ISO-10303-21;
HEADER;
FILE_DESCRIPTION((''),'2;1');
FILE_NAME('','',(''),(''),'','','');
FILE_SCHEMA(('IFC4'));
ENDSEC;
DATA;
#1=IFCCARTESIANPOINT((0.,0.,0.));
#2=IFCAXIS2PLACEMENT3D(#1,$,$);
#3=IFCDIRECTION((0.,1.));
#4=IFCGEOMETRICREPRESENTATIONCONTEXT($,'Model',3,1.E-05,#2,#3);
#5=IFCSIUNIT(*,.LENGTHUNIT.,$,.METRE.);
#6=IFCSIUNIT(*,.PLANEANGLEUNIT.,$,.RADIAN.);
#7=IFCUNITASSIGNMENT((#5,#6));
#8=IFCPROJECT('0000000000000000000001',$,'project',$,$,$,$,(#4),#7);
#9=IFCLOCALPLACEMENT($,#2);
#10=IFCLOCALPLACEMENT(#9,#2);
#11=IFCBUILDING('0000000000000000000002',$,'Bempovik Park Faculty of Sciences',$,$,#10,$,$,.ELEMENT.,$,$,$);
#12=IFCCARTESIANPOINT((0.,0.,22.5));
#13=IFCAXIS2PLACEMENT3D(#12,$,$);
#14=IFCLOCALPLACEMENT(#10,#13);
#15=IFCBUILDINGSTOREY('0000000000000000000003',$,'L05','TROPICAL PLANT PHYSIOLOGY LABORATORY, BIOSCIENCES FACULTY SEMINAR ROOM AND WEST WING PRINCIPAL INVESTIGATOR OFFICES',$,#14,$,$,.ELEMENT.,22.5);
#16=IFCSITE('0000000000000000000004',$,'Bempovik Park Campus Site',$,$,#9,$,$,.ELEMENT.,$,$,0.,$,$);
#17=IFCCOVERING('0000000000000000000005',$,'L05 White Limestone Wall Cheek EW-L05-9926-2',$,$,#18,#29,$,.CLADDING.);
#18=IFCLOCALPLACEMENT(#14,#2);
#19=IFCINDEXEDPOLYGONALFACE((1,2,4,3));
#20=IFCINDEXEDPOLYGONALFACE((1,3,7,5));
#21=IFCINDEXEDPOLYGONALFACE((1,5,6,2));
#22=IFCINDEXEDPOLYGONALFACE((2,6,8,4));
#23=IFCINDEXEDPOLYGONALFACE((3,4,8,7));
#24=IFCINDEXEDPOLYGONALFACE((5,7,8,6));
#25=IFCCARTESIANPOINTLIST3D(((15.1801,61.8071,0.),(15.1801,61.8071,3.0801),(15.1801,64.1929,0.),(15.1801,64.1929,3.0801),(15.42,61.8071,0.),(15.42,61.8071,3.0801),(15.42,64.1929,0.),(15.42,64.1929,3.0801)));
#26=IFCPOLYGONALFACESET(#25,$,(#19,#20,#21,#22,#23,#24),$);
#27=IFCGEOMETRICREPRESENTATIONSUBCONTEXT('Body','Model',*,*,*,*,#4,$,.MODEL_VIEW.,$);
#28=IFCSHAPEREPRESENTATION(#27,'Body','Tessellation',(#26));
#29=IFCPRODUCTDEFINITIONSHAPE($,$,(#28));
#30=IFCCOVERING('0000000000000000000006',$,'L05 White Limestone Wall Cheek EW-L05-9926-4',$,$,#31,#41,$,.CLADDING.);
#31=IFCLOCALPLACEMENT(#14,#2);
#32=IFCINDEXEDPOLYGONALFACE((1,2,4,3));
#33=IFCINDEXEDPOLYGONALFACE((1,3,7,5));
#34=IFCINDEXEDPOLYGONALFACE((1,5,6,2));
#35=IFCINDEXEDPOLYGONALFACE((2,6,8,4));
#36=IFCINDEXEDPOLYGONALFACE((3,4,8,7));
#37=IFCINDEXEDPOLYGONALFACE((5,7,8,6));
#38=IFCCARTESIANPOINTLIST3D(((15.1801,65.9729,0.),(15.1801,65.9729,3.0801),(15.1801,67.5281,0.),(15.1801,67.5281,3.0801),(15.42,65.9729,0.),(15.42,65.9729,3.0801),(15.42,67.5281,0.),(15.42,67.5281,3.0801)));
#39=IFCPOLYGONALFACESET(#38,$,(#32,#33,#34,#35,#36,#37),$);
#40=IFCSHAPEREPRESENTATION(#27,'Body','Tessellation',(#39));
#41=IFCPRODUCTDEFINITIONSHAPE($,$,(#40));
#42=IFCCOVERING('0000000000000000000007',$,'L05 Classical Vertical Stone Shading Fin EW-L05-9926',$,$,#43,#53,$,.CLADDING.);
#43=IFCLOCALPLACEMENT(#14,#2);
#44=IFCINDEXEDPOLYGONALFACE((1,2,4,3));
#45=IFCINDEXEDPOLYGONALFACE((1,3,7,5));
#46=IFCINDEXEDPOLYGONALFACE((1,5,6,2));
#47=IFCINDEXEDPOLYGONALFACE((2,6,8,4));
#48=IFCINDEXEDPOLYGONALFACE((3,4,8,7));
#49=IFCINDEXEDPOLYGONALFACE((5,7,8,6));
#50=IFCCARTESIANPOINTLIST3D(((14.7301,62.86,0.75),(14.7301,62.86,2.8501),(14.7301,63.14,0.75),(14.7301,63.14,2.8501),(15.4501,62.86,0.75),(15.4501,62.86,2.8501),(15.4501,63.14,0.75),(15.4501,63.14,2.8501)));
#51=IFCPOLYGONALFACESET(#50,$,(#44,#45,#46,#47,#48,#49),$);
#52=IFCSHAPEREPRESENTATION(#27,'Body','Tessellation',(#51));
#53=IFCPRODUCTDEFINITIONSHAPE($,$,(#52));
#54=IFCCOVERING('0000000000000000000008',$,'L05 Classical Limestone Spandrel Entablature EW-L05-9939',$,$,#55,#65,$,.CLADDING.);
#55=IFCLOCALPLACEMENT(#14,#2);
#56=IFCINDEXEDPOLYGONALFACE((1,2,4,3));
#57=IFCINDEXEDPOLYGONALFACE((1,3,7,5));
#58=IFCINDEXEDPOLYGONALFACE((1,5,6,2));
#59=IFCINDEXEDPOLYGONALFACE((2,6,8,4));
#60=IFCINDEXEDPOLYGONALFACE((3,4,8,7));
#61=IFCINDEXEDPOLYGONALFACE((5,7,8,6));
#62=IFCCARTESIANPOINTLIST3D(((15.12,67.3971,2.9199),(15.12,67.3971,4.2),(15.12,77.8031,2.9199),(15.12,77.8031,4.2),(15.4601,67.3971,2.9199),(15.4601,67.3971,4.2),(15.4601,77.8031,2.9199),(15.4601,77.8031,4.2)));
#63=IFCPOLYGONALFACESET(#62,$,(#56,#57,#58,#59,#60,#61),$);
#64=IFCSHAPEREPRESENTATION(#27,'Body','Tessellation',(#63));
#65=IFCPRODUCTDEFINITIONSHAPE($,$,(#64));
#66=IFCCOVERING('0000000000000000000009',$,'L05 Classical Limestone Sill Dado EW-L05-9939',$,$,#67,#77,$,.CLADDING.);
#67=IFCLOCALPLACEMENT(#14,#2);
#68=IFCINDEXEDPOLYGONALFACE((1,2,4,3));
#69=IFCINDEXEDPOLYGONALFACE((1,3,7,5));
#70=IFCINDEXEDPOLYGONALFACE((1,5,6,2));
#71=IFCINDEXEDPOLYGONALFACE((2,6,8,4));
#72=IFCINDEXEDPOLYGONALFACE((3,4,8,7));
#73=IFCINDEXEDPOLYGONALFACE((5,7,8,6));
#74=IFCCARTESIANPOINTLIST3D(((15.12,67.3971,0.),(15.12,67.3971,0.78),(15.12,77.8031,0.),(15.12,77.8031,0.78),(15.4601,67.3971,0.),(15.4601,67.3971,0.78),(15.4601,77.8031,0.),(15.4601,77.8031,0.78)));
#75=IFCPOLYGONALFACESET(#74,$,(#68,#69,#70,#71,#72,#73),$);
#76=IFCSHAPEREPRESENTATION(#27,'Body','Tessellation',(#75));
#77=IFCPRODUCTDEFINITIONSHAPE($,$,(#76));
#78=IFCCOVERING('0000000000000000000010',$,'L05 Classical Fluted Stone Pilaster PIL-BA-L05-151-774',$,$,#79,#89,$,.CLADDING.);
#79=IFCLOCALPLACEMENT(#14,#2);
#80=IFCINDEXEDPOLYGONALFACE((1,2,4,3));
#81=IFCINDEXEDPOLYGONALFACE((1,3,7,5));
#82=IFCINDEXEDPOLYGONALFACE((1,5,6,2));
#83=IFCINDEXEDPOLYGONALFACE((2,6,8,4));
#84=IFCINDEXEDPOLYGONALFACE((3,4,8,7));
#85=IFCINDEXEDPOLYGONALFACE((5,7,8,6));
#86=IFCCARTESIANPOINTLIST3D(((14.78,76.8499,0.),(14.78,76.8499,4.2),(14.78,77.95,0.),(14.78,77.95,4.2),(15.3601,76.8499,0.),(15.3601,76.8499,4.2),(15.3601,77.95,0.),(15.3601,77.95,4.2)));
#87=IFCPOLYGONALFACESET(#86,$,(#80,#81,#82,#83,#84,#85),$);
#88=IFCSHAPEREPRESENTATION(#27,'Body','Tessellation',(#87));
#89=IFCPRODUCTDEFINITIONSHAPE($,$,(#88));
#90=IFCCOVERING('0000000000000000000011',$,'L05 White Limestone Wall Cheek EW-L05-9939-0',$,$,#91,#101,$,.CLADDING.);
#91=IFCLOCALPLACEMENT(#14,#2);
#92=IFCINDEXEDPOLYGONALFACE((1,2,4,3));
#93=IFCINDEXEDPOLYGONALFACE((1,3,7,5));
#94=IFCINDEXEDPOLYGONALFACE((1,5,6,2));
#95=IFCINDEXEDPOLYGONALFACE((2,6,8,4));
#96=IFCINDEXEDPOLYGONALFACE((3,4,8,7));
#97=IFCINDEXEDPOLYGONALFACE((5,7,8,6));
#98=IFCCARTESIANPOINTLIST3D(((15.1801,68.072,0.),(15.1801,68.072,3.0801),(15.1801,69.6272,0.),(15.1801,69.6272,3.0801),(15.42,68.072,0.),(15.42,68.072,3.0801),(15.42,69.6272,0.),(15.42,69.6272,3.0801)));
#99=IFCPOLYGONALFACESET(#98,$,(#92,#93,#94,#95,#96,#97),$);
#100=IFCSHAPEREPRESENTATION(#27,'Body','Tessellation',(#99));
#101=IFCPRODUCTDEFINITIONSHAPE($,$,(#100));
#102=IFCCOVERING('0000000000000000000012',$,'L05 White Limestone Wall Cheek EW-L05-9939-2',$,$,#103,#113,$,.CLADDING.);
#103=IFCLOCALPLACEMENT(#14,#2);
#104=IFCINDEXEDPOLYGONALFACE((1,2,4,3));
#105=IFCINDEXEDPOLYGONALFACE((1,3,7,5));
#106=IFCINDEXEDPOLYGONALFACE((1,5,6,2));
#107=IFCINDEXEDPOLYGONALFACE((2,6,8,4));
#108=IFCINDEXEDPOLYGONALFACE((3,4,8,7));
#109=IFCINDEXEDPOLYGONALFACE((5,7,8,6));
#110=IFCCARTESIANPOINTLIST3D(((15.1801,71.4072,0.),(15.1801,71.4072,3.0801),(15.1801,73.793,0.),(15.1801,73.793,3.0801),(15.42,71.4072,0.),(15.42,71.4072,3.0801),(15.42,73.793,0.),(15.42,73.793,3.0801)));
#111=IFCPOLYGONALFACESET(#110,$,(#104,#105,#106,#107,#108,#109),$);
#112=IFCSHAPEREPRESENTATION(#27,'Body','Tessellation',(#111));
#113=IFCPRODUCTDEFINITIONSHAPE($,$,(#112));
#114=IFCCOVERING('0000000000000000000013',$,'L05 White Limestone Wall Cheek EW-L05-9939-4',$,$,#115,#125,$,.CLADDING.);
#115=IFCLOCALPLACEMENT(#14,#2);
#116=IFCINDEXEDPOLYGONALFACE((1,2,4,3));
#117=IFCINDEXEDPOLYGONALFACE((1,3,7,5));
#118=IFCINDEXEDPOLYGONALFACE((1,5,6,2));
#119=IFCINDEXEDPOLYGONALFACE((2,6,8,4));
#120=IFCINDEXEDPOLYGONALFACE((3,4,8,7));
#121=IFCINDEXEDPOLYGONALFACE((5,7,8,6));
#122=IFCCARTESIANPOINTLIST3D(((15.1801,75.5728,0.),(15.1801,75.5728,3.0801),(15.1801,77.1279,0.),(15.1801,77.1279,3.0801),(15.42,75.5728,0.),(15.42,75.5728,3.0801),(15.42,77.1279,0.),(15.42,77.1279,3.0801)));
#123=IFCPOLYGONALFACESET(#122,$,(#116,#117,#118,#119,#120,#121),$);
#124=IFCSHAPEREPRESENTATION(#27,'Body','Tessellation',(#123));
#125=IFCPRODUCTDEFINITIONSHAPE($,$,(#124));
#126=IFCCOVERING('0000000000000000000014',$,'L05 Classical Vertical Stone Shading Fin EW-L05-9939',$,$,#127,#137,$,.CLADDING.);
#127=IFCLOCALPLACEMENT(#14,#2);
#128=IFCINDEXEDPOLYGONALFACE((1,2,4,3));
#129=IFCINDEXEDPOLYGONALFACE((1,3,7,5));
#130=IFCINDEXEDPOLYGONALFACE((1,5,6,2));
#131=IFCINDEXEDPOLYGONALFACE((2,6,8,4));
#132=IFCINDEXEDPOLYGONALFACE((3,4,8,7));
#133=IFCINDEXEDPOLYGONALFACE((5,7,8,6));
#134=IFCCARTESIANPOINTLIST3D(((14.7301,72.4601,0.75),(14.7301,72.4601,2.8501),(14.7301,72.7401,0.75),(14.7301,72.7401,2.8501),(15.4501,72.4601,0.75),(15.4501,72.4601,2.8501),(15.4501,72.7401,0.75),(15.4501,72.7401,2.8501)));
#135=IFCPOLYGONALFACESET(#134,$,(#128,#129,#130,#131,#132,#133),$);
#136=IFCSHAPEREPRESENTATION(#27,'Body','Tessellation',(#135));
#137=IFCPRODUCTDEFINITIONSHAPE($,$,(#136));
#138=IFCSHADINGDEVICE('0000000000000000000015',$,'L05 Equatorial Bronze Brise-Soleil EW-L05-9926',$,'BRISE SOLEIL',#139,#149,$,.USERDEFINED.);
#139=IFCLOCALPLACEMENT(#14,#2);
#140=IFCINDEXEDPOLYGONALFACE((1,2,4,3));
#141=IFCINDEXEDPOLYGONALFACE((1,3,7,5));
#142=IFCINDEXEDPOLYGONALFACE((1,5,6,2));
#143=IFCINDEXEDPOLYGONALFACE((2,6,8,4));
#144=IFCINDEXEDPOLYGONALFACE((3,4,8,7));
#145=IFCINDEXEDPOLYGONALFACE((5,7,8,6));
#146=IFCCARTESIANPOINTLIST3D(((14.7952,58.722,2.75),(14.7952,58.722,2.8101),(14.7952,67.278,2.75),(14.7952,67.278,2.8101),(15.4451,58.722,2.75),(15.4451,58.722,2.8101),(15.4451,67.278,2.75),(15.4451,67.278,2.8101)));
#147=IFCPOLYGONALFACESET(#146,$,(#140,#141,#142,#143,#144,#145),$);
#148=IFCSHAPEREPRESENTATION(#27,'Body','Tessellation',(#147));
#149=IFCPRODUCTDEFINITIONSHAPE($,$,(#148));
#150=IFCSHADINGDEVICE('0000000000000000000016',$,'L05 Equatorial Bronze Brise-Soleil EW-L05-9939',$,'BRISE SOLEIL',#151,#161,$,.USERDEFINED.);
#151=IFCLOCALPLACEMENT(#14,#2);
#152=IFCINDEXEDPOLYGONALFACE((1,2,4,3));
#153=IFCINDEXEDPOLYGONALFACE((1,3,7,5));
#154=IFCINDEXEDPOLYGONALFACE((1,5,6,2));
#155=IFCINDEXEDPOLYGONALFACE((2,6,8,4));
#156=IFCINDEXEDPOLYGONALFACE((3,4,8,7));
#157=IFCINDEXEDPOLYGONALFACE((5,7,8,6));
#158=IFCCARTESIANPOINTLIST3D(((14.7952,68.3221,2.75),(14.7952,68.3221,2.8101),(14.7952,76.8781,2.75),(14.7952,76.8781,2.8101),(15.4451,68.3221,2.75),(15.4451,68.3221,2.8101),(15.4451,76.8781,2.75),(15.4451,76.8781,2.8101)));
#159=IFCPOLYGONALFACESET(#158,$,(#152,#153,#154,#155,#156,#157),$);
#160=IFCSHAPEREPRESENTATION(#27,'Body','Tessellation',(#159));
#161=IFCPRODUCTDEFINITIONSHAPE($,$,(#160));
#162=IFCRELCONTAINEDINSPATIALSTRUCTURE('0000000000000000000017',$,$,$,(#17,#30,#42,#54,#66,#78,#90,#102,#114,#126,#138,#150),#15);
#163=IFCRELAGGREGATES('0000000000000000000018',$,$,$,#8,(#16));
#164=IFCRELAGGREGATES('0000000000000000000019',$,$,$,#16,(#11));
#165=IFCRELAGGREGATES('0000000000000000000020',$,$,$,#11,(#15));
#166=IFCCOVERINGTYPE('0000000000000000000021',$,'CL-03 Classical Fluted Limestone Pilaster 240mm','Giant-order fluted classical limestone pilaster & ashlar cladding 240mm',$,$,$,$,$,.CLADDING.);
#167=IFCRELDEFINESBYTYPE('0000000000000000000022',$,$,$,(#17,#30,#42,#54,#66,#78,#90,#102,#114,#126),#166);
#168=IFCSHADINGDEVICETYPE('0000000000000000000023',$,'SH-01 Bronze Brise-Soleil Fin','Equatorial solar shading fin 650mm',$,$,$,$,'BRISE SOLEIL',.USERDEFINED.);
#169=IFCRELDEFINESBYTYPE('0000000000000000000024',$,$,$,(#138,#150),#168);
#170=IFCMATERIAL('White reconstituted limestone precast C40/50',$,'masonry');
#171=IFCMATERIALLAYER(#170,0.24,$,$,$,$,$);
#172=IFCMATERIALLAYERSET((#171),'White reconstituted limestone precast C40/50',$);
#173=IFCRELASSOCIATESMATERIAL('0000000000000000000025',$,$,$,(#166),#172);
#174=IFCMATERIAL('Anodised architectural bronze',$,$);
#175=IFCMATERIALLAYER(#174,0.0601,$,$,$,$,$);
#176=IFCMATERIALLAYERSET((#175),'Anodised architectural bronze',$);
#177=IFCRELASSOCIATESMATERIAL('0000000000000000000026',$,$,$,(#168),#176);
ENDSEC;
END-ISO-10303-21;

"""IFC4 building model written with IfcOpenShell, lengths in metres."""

from ifc_helpers import new_model, si_unit, direction, frame, origin, origin_2d, place, context, subcontext, project, spatial, rectangle, extrude, material, layer, layer_set, type_object, element, save


model = new_model("IFC4")

# Units and contexts
model_context = context("Model", 3, precision=1e-05, world=origin(), true_north=direction((0.0, 1.0)))
body_context = subcontext(model_context, "Body", "Model", "MODEL_VIEW")
ifc_project = project(units=[si_unit("LENGTHUNIT", "METRE"), si_unit("PLANEANGLEUNIT", "RADIAN")], contexts=[model_context])

# Site, building, storey
site_placement = place(None, origin())
site = spatial("IfcSite", under=ifc_project, at=site_placement, Name="Bempovik Park Campus Site", CompositionType="ELEMENT", RefElevation=0.0)
building_placement = place(site_placement, origin())
building = spatial("IfcBuilding", under=site, at=building_placement, Name="Bempovik Park Faculty of Sciences", CompositionType="ELEMENT")
storey_placement = place(building_placement, frame((0.0, 0.0, 22.5)))
storey = spatial("IfcBuildingStorey", under=building, at=storey_placement, Name="L05", Description="TROPICAL PLANT PHYSIOLOGY LABORATORY, BIOSCIENCES FACULTY SEMINAR ROOM AND WEST WING PRINCIPAL INVESTIGATOR OFFICES", CompositionType="ELEMENT", Elevation=22.5)

# Coverings
ifc_material_1 = material(Name="White reconstituted limestone precast C40/50", Category="masonry")
ifc_layer_1 = layer(ifc_material_1, 0.24)
ifc_layer_set_1 = layer_set([ifc_layer_1], Name="White reconstituted limestone precast C40/50")
covering_type_1 = type_object("IfcCoveringType", Name="CL-03 Classical Fluted Limestone Pilaster 240mm", Description="Giant-order fluted classical limestone pilaster & ashlar cladding 240mm", PredefinedType="CLADDING", material=ifc_layer_set_1)
covering_1_placement = place(storey_placement, frame((15.3, 63.0, 0.0), z_axis=(0.0, 0.0, 1.0), x_axis=(1.0, 0.0, 0.0)))
element("IfcCovering", 1, at=covering_1_placement, inside=storey, type_object=covering_type_1, Name="L05 White Limestone Wall Cheek EW-L05-9926-2", PredefinedType="CLADDING", context=body_context, shape_type="SweptSolid", body=[
    extrude(rectangle(XDim=0.24, YDim=2.3857, at=origin_2d()), origin(), (0.0, 0.0, 1.0), 3.0801),
])
covering_2_placement = place(storey_placement, frame((15.3, 66.7505, 0.0), z_axis=(0.0, 0.0, 1.0), x_axis=(1.0, 0.0, 0.0)))
element("IfcCovering", 2, at=covering_2_placement, inside=storey, type_object=covering_type_1, Name="L05 White Limestone Wall Cheek EW-L05-9926-4", PredefinedType="CLADDING", context=body_context, shape_type="SweptSolid", body=[
    extrude(rectangle(XDim=0.24, YDim=1.5552, at=origin_2d()), origin(), (0.0, 0.0, 1.0), 3.0801),
])
covering_3_placement = place(storey_placement, frame((15.0901, 63.0, 0.75), z_axis=(0.0, 0.0, 1.0), x_axis=(1.0, 0.0, 0.0)))
element("IfcCovering", 3, at=covering_3_placement, inside=storey, type_object=covering_type_1, Name="L05 Classical Vertical Stone Shading Fin EW-L05-9926", PredefinedType="CLADDING", context=body_context, shape_type="SweptSolid", body=[
    extrude(rectangle(XDim=0.72, YDim=0.28, at=origin_2d()), origin(), (0.0, 0.0, 1.0), 2.1001),
])
covering_4_placement = place(storey_placement, frame((15.29, 72.6001, 2.9199), z_axis=(0.0, 0.0, 1.0), x_axis=(1.0, 0.0, 0.0)))
element("IfcCovering", 4, at=covering_4_placement, inside=storey, type_object=covering_type_1, Name="L05 Classical Limestone Spandrel Entablature EW-L05-9939", PredefinedType="CLADDING", context=body_context, shape_type="SweptSolid", body=[
    extrude(rectangle(XDim=0.3401, YDim=10.406, at=origin_2d()), origin(), (0.0, 0.0, 1.0), 1.28),
])
covering_5_placement = place(storey_placement, frame((15.29, 72.6001, 0.0), z_axis=(0.0, 0.0, 1.0), x_axis=(1.0, 0.0, 0.0)))
element("IfcCovering", 5, at=covering_5_placement, inside=storey, type_object=covering_type_1, Name="L05 Classical Limestone Sill Dado EW-L05-9939", PredefinedType="CLADDING", context=body_context, shape_type="SweptSolid", body=[
    extrude(rectangle(XDim=0.3401, YDim=10.406, at=origin_2d()), origin(), (0.0, 0.0, 1.0), 0.78),
])
covering_6_placement = place(storey_placement, frame((15.0701, 77.3999, 0.0), z_axis=(0.0, 0.0, 1.0), x_axis=(1.0, 0.0, 0.0)))
element("IfcCovering", 6, at=covering_6_placement, inside=storey, type_object=covering_type_1, Name="L05 Classical Fluted Stone Pilaster PIL-BA-L05-151-774", PredefinedType="CLADDING", context=body_context, shape_type="SweptSolid", body=[
    extrude(rectangle(XDim=0.5801, YDim=1.1001, at=origin_2d()), origin(), (0.0, 0.0, 1.0), 4.2),
])
covering_7_placement = place(storey_placement, frame((15.3, 68.8496, 0.0), z_axis=(0.0, 0.0, 1.0), x_axis=(1.0, 0.0, 0.0)))
element("IfcCovering", 7, at=covering_7_placement, inside=storey, type_object=covering_type_1, Name="L05 White Limestone Wall Cheek EW-L05-9939-0", PredefinedType="CLADDING", context=body_context, shape_type="SweptSolid", body=[
    extrude(rectangle(XDim=0.24, YDim=1.5552, at=origin_2d()), origin(), (0.0, 0.0, 1.0), 3.0801),
])
covering_8_placement = place(storey_placement, frame((15.3, 72.6001, 0.0), z_axis=(0.0, 0.0, 1.0), x_axis=(1.0, 0.0, 0.0)))
element("IfcCovering", 8, at=covering_8_placement, inside=storey, type_object=covering_type_1, Name="L05 White Limestone Wall Cheek EW-L05-9939-2", PredefinedType="CLADDING", context=body_context, shape_type="SweptSolid", body=[
    extrude(rectangle(XDim=0.24, YDim=2.3857, at=origin_2d()), origin(), (0.0, 0.0, 1.0), 3.0801),
])
covering_9_placement = place(storey_placement, frame((15.3, 76.3503, 0.0), z_axis=(0.0, 0.0, 1.0), x_axis=(1.0, 0.0, 0.0)))
element("IfcCovering", 9, at=covering_9_placement, inside=storey, type_object=covering_type_1, Name="L05 White Limestone Wall Cheek EW-L05-9939-4", PredefinedType="CLADDING", context=body_context, shape_type="SweptSolid", body=[
    extrude(rectangle(XDim=0.24, YDim=1.5552, at=origin_2d()), origin(), (0.0, 0.0, 1.0), 3.0801),
])
covering_10_placement = place(storey_placement, frame((15.0901, 72.6001, 0.75), z_axis=(0.0, 0.0, 1.0), x_axis=(1.0, 0.0, 0.0)))
element("IfcCovering", 10, at=covering_10_placement, inside=storey, type_object=covering_type_1, Name="L05 Classical Vertical Stone Shading Fin EW-L05-9939", PredefinedType="CLADDING", context=body_context, shape_type="SweptSolid", body=[
    extrude(rectangle(XDim=0.72, YDim=0.28, at=origin_2d()), origin(), (0.0, 0.0, 1.0), 2.1001),
])

# Shading devices
ifc_material_2 = material(Name="Anodised architectural bronze")
ifc_layer_2 = layer(ifc_material_2, 0.0601)
ifc_layer_set_2 = layer_set([ifc_layer_2], Name="Anodised architectural bronze")
shading_device_type = type_object("IfcShadingDeviceType", Name="SH-01 Bronze Brise-Soleil Fin", Description="Equatorial solar shading fin 650mm", ElementType="BRISE SOLEIL", PredefinedType="USERDEFINED", material=ifc_layer_set_2)
for number, where, z_axis, x_axis, name in (
    (11, (15.1201, 63.0, 2.75), (0.0, 0.0, 1.0), (1.0, 0.0, 0.0), "L05 Equatorial Bronze Brise-Soleil EW-L05-9926"),
    (12, (15.1201, 72.6001, 2.75), (0.0, 0.0, 1.0), (1.0, 0.0, 0.0), "L05 Equatorial Bronze Brise-Soleil EW-L05-9939"),
):
    element("IfcShadingDevice", number, at=place(storey_placement, frame(where, z_axis=z_axis, x_axis=x_axis)), inside=storey, type_object=shading_device_type, Name=name, ObjectType="BRISE SOLEIL", PredefinedType="USERDEFINED", context=body_context, shape_type="SweptSolid", body=[
        extrude(rectangle(XDim=0.6499, YDim=8.5559, at=origin_2d()), origin(), (0.0, 0.0, 1.0), 0.0601),
    ])

save(model, "model.ifc")
